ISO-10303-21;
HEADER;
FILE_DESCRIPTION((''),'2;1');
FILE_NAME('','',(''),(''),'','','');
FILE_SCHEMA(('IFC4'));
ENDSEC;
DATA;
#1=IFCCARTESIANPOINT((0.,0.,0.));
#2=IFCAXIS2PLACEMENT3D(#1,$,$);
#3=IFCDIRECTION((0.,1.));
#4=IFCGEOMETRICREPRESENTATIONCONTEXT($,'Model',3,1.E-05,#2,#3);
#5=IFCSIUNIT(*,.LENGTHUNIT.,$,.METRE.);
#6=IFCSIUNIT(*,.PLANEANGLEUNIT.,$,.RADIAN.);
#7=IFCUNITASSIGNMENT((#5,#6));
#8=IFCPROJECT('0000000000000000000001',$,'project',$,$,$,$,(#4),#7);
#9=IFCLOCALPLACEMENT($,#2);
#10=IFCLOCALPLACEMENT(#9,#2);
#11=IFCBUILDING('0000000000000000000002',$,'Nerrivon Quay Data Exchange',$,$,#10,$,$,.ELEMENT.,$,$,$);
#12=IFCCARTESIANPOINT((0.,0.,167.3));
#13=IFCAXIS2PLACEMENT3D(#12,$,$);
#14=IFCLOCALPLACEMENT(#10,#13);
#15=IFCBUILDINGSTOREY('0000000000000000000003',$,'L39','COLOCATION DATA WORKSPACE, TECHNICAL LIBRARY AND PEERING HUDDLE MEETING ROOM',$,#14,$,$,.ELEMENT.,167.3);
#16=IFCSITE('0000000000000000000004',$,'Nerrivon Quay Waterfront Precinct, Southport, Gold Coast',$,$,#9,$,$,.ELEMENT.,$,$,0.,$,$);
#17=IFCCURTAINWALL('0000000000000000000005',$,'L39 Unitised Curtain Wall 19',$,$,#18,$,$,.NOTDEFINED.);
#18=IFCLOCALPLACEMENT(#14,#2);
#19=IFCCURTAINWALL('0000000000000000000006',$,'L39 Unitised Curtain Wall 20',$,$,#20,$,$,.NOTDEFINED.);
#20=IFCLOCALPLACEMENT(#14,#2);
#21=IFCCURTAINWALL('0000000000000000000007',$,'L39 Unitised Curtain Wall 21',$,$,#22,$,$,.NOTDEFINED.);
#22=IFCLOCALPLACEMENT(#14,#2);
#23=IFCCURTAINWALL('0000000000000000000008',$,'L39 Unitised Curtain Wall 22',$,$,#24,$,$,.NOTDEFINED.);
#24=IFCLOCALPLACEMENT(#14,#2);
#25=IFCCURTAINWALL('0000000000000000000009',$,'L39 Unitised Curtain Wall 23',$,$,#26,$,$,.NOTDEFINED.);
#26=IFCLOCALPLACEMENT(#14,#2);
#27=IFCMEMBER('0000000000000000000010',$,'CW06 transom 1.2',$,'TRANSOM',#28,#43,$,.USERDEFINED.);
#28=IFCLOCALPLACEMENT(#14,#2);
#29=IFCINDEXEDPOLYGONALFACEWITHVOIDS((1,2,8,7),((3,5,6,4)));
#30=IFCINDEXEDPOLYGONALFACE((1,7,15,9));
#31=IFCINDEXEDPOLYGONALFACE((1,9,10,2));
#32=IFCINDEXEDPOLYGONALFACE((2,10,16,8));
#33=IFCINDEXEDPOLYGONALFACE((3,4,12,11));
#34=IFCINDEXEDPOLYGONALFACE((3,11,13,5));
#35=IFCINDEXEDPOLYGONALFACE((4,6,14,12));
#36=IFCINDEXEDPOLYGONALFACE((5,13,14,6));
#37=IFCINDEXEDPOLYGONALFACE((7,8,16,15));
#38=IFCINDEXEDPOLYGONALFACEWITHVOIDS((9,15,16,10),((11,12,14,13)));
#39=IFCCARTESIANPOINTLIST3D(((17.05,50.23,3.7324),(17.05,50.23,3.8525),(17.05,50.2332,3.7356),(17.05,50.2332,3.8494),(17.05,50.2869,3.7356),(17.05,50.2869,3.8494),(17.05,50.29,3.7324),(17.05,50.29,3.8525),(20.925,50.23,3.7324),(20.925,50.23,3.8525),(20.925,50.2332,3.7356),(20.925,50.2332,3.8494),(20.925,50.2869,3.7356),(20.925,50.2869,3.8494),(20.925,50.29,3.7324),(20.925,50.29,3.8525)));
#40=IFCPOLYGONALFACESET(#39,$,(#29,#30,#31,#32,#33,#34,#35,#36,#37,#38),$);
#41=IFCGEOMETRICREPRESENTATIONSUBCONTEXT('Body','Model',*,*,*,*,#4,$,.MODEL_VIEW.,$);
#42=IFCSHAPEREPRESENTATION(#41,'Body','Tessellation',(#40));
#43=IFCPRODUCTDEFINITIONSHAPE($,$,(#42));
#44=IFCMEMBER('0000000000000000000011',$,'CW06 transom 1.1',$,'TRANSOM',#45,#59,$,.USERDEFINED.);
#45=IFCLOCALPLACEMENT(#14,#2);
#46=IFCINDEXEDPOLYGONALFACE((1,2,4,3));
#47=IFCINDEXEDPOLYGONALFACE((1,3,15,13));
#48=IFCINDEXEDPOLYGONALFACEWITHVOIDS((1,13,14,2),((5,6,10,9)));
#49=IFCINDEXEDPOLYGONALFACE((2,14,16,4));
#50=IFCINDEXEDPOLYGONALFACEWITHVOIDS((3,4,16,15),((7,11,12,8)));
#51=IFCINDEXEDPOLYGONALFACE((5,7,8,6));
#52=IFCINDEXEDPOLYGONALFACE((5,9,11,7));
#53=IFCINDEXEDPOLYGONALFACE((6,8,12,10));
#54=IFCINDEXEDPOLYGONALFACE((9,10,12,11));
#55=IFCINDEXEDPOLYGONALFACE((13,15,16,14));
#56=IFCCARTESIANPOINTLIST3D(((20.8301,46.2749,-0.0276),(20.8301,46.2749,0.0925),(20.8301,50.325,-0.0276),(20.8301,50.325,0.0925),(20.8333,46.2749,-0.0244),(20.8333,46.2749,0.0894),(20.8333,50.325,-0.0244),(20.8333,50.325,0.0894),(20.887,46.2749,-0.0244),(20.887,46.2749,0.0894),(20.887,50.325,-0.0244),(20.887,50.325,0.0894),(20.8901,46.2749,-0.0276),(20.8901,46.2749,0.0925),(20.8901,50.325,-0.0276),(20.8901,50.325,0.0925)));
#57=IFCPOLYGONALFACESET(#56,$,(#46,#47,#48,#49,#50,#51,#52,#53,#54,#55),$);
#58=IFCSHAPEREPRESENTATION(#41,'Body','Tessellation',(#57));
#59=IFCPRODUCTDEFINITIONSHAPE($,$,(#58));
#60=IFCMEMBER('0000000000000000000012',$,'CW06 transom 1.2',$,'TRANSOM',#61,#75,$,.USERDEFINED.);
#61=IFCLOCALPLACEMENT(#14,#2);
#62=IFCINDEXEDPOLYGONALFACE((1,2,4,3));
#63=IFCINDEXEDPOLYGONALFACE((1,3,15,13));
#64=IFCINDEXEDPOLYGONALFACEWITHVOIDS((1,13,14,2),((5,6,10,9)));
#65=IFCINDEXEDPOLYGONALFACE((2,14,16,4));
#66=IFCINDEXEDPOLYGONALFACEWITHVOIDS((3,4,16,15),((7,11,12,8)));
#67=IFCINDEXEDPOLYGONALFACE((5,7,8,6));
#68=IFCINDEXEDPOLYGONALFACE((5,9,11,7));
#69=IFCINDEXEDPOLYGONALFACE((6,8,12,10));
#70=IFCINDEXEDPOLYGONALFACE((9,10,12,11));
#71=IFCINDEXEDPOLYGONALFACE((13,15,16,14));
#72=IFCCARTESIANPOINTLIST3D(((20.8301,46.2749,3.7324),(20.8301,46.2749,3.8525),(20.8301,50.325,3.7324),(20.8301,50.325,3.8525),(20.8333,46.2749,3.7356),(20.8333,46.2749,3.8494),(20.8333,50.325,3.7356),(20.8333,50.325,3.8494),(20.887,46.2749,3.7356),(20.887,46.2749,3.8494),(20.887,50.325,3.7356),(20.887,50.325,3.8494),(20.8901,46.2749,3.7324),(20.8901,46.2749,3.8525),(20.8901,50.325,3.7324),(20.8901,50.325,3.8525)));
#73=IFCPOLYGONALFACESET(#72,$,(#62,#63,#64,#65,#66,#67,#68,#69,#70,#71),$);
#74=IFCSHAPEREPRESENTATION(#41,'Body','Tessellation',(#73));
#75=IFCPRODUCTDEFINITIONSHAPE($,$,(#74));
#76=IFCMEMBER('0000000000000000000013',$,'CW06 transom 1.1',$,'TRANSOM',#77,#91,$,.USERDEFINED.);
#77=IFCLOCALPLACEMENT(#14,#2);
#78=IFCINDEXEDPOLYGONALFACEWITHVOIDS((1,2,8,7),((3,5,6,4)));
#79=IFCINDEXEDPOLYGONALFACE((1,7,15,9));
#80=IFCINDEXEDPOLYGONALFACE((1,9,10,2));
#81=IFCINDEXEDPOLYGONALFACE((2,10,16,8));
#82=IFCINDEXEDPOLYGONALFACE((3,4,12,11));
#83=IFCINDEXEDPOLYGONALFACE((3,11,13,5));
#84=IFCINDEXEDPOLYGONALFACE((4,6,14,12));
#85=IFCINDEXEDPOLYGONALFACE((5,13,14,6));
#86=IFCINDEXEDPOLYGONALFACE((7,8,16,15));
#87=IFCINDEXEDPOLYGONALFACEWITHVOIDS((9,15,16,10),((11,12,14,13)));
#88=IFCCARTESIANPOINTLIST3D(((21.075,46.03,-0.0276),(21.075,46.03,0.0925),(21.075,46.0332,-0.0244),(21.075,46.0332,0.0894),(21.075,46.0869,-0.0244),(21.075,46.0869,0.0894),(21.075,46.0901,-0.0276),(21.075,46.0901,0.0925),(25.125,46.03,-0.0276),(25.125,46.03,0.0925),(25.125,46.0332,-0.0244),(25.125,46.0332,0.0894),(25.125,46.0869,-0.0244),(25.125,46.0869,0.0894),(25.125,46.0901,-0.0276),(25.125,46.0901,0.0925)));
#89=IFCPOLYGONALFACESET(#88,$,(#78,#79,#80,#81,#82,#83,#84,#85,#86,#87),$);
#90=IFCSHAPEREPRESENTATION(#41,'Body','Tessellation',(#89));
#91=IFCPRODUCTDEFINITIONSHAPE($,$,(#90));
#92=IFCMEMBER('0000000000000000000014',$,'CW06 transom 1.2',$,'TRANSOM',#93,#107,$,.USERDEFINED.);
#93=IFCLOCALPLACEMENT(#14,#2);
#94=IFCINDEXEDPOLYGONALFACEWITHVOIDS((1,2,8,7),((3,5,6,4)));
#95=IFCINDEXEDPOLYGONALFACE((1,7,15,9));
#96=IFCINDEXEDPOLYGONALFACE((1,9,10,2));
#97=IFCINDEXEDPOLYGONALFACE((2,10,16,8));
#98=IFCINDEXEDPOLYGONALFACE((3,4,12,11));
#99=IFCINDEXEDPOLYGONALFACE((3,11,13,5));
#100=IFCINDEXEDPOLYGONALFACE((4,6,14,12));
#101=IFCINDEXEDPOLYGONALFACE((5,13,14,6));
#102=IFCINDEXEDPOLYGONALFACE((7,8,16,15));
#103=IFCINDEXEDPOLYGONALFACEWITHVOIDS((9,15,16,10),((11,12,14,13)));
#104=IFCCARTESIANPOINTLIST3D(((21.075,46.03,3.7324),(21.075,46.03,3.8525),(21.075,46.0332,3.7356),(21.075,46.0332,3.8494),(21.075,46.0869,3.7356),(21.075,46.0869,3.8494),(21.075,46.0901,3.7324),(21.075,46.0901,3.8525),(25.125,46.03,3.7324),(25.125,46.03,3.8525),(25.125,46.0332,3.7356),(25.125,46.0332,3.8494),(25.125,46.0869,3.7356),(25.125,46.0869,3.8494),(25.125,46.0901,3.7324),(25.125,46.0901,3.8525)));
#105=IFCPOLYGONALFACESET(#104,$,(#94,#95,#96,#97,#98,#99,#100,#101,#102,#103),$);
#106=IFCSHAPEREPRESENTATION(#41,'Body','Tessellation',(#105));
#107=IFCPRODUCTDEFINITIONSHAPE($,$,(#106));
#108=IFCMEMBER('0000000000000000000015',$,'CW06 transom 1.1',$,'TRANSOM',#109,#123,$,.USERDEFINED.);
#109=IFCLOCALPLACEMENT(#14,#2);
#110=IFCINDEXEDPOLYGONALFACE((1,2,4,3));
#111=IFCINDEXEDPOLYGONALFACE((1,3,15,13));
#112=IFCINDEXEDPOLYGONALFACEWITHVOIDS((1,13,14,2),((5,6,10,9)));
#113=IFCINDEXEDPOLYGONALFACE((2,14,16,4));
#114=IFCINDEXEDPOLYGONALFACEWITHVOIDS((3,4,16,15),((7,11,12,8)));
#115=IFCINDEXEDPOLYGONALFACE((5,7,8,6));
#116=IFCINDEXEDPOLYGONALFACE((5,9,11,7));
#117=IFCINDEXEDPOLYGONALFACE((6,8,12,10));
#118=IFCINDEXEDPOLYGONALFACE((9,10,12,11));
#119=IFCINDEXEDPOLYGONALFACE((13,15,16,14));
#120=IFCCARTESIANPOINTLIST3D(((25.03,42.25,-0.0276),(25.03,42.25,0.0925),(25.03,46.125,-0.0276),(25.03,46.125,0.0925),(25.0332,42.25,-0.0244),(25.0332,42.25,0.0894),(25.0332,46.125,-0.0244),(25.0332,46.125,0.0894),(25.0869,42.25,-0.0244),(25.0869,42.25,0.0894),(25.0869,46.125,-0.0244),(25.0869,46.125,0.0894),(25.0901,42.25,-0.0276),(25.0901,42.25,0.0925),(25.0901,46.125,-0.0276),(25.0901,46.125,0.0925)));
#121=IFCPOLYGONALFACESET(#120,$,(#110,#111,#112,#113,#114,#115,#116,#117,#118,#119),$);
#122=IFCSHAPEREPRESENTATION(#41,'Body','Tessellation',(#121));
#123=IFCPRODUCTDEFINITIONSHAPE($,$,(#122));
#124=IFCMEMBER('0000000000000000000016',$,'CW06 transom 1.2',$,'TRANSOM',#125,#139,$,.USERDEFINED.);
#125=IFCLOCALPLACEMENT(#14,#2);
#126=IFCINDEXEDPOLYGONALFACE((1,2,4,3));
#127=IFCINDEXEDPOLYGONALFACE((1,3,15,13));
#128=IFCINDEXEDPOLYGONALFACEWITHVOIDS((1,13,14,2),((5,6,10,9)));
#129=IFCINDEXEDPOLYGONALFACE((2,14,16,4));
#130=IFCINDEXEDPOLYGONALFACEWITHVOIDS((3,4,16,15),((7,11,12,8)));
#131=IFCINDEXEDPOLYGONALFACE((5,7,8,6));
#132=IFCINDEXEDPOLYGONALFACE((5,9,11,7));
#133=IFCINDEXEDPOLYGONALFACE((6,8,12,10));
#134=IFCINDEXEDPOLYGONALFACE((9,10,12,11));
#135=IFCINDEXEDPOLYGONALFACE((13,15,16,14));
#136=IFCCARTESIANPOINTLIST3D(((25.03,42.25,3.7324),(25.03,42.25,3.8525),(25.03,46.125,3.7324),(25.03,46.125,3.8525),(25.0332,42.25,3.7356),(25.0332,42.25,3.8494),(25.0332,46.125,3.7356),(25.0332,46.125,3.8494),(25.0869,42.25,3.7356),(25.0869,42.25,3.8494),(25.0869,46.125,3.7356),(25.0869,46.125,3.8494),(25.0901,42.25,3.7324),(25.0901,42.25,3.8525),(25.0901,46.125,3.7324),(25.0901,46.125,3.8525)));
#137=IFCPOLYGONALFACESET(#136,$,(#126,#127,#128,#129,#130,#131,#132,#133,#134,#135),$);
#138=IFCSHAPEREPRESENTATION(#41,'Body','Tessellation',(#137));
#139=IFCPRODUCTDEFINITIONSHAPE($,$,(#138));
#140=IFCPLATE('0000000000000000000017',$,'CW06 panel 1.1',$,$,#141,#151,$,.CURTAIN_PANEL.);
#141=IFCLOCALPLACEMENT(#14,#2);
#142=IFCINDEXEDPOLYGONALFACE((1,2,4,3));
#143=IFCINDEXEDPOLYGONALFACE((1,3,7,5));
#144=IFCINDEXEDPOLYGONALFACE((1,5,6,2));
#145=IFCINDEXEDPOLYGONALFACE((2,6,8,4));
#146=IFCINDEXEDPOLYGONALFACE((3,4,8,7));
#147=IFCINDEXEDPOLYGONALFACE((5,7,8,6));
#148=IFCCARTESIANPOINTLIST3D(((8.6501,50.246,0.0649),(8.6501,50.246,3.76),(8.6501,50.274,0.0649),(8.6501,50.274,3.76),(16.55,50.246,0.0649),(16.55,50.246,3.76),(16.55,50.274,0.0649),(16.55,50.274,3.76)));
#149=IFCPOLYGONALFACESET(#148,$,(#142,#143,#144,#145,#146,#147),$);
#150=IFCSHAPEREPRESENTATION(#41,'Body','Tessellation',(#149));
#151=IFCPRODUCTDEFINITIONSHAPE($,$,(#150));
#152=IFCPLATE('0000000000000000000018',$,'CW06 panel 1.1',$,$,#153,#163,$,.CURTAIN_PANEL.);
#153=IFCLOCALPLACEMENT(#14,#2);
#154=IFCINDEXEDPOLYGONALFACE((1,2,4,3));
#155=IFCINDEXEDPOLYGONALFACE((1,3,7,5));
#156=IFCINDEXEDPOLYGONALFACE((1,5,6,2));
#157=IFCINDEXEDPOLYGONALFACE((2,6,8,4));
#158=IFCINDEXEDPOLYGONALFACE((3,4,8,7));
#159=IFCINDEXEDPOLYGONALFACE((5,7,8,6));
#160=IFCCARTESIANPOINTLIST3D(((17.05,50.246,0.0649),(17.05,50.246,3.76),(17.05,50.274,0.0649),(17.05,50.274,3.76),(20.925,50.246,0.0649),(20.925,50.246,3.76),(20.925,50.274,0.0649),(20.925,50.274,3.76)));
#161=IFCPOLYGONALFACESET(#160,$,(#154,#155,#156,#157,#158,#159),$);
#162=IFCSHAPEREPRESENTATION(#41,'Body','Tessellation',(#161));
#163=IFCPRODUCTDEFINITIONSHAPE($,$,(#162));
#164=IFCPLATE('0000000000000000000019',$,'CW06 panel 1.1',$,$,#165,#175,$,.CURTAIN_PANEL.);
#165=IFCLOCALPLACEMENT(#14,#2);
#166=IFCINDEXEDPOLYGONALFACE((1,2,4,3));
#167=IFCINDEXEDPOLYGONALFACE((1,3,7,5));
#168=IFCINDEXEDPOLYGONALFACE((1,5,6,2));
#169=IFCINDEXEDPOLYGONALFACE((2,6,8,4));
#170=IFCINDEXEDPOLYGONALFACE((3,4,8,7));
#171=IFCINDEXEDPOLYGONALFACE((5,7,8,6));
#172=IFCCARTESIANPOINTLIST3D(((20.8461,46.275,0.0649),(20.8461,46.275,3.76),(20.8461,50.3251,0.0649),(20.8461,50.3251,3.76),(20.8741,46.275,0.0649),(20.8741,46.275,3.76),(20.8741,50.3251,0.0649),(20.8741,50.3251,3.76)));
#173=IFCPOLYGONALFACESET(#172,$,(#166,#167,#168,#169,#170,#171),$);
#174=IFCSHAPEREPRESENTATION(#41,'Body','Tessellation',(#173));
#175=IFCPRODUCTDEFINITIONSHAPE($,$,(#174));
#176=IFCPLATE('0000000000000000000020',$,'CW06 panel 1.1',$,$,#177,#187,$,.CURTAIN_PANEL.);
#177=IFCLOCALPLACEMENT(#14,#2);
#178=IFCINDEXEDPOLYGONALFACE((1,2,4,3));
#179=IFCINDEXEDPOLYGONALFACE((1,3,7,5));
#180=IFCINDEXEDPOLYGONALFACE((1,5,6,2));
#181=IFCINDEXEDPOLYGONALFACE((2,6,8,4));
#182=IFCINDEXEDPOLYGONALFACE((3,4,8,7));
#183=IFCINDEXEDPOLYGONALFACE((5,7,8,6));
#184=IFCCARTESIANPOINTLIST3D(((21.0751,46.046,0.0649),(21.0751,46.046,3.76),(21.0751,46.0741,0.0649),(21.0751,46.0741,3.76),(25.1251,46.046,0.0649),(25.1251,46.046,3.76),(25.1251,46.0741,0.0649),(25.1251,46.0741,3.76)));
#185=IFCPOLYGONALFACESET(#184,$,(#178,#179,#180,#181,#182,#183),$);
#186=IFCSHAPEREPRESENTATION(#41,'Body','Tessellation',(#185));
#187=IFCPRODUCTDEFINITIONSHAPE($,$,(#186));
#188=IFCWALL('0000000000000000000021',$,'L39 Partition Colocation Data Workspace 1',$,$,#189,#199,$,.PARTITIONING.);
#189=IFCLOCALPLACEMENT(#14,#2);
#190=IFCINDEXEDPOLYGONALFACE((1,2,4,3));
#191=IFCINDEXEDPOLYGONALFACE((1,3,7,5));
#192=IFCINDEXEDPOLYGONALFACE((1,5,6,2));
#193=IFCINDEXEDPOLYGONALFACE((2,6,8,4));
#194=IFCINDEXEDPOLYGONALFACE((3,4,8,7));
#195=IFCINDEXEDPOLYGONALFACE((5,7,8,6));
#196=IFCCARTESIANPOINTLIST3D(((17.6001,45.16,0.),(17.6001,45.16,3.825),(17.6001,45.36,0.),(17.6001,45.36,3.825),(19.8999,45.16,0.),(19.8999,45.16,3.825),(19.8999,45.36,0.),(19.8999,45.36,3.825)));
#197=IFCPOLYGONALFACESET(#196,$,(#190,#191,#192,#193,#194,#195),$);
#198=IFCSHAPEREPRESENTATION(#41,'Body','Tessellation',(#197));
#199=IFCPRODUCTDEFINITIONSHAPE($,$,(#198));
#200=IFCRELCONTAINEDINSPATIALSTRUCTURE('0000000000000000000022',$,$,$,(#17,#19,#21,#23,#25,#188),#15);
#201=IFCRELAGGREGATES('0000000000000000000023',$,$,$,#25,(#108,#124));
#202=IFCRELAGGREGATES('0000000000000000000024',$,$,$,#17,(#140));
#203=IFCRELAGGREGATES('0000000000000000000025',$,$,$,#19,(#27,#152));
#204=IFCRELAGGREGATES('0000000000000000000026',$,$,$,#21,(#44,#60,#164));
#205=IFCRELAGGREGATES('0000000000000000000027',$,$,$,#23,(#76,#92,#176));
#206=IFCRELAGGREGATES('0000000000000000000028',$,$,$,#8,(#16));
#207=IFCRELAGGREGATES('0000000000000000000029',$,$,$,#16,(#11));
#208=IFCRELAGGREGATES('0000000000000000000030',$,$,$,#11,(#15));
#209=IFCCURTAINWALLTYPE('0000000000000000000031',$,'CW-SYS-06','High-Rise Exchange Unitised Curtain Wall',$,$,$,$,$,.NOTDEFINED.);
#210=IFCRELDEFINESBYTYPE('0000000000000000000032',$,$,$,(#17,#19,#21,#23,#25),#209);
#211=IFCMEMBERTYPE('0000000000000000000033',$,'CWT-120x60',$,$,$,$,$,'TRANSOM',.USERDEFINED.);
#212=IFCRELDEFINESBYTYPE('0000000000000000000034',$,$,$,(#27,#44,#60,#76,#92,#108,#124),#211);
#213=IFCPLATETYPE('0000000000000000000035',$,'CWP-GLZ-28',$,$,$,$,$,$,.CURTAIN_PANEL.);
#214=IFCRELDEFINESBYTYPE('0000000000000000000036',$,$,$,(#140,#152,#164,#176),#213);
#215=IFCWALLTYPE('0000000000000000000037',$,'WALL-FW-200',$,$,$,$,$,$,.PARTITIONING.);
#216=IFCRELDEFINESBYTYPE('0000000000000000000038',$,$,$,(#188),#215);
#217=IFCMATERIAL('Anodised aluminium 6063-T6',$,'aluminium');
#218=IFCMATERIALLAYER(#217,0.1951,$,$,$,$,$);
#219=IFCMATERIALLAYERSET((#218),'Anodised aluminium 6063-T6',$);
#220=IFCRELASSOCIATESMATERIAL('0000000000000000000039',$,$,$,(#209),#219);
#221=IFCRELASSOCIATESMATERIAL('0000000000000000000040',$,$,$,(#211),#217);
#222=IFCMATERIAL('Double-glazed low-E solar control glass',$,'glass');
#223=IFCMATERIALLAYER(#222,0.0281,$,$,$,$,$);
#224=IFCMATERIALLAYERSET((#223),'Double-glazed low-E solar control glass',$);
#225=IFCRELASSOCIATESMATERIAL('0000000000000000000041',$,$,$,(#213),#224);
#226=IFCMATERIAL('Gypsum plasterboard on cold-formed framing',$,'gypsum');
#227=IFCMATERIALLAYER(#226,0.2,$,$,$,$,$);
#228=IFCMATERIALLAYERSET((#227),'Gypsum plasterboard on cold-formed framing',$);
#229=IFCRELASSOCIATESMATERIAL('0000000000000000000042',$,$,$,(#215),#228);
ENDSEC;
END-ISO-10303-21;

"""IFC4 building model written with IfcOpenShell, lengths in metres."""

from ifc_helpers import new_model, si_unit, direction, frame, frame_2d, origin, origin_2d, place, context, subcontext, project, spatial, rectangle, hollow_rectangle, extrude, material, layer, layer_set, material_profile, profile_set, type_object, element, aggregate, save


model = new_model("IFC4")

# Units and contexts
model_context = context("Model", 3, precision=1e-05, world=origin(), true_north=direction((0.0, 1.0)))
body_context = subcontext(model_context, "Body", "Model", "MODEL_VIEW")
ifc_project = project(units=[si_unit("LENGTHUNIT", "METRE"), si_unit("PLANEANGLEUNIT", "RADIAN")], contexts=[model_context])

# Site, building, storey
site_placement = place(None, origin())
site = spatial("IfcSite", under=ifc_project, at=site_placement, Name="Nerrivon Quay Waterfront Precinct, Southport, Gold Coast", CompositionType="ELEMENT", RefElevation=0.0)
building_placement = place(site_placement, origin())
building = spatial("IfcBuilding", under=site, at=building_placement, Name="Nerrivon Quay Data Exchange", CompositionType="ELEMENT")
storey_placement = place(building_placement, frame((0.0, 0.0, 167.3)))
storey = spatial("IfcBuildingStorey", under=building, at=storey_placement, Name="L39", Description="COLOCATION DATA WORKSPACE, TECHNICAL LIBRARY AND PEERING HUDDLE MEETING ROOM", CompositionType="ELEMENT", Elevation=167.3)

# Curtain wall
ifc_material_1 = material(Name="Anodised aluminium 6063-T6", Category="aluminium")
ifc_layer_1 = layer(ifc_material_1, 0.1951)
ifc_layer_set_1 = layer_set([ifc_layer_1], Name="Anodised aluminium 6063-T6")
curtain_wall_type = type_object("IfcCurtainWallType", Name="CW-SYS-06", Description="High-Rise Exchange Unitised Curtain Wall", PredefinedType="NOTDEFINED", material=ifc_layer_set_1)
curtain_wall_1_placement = place(storey_placement, origin())
curtain_wall_1 = element("IfcCurtainWall", 1, at=curtain_wall_1_placement, inside=storey, type_object=curtain_wall_type, Name="L39 Unitised Curtain Wall 19", PredefinedType="NOTDEFINED")

# Curtain walls
curtain_wall_2_placement = place(storey_placement, origin())
curtain_wall_2 = element("IfcCurtainWall", 2, at=curtain_wall_2_placement, inside=storey, type_object=curtain_wall_type, Name="L39 Unitised Curtain Wall 20", PredefinedType="NOTDEFINED")
curtain_wall_3_placement = place(storey_placement, origin())
curtain_wall_3 = element("IfcCurtainWall", 3, at=curtain_wall_3_placement, inside=storey, type_object=curtain_wall_type, Name="L39 Unitised Curtain Wall 21", PredefinedType="NOTDEFINED")
curtain_wall_4_placement = place(storey_placement, origin())
curtain_wall_4 = element("IfcCurtainWall", 4, at=curtain_wall_4_placement, inside=storey, type_object=curtain_wall_type, Name="L39 Unitised Curtain Wall 22", PredefinedType="NOTDEFINED")

# Curtain wall
curtain_wall_5_placement = place(storey_placement, origin())
curtain_wall_5 = element("IfcCurtainWall", 5, at=curtain_wall_5_placement, inside=storey, type_object=curtain_wall_type, Name="L39 Unitised Curtain Wall 23", PredefinedType="NOTDEFINED")

# Members
ifc_material_profile_1 = material_profile(ifc_material_1, hollow_rectangle(XDim=0.0601, YDim=0.1201, WallThickness=0.0032, at=origin_2d()), Name="ALU-TRAN-120x60")
ifc_profile_set_1 = profile_set([ifc_material_profile_1], Name="Anodised aluminium 6063-T6")
member_type_1 = type_object("IfcMemberType", Name="CWT-120x60", ElementType="TRANSOM", PredefinedType="USERDEFINED", material=ifc_profile_set_1)
member_1_placement = place(storey_placement, frame((17.05, 50.26, 3.7925), z_axis=(1.0, 0.0, 0.0), x_axis=(0.0, 1.0, 0.0)))
member_1 = element("IfcMember", 6, at=member_1_placement, type_object=member_type_1, Name="CW06 transom 1.2", ObjectType="TRANSOM", PredefinedType="USERDEFINED", context=body_context, shape_type="SweptSolid", body=[
    extrude(hollow_rectangle(XDim=0.0601, YDim=0.1201, WallThickness=0.0032, at=origin_2d()), origin(), (0.0, 0.0, 1.0), 3.875),
])
member_2_placement = place(storey_placement, frame((20.8601, 50.325, 0.0325), z_axis=(0.0, -1.0, 0.0), x_axis=(1.0, 0.0, 0.0)))
member_2 = element("IfcMember", 7, at=member_2_placement, type_object=member_type_1, Name="CW06 transom 1.1", ObjectType="TRANSOM", PredefinedType="USERDEFINED", context=body_context, shape_type="SweptSolid", body=[
    extrude(hollow_rectangle(XDim=0.0601, YDim=0.1201, WallThickness=0.0032, at=origin_2d()), origin(), (0.0, 0.0, 1.0), 4.05),
])
member_3_placement = place(storey_placement, frame((20.8601, 50.325, 3.7925), z_axis=(0.0, -1.0, 0.0), x_axis=(1.0, 0.0, 0.0)))
member_3 = element("IfcMember", 8, at=member_3_placement, type_object=member_type_1, Name="CW06 transom 1.2", ObjectType="TRANSOM", PredefinedType="USERDEFINED", context=body_context, shape_type="SweptSolid", body=[
    extrude(hollow_rectangle(XDim=0.0601, YDim=0.1201, WallThickness=0.0032, at=origin_2d()), origin(), (0.0, 0.0, 1.0), 4.05),
])
member_4_placement = place(storey_placement, frame((21.075, 46.0601, 0.0325), z_axis=(1.0, 0.0, 0.0), x_axis=(0.0, 1.0, 0.0)))
member_4 = element("IfcMember", 9, at=member_4_placement, type_object=member_type_1, Name="CW06 transom 1.1", ObjectType="TRANSOM", PredefinedType="USERDEFINED", context=body_context, shape_type="SweptSolid", body=[
    extrude(hollow_rectangle(XDim=0.0601, YDim=0.1201, WallThickness=0.0032, at=origin_2d()), origin(), (0.0, 0.0, 1.0), 4.05),
])
member_5_placement = place(storey_placement, frame((21.075, 46.0601, 3.7925), z_axis=(1.0, 0.0, 0.0), x_axis=(0.0, 1.0, 0.0)))
member_5 = element("IfcMember", 10, at=member_5_placement, type_object=member_type_1, Name="CW06 transom 1.2", ObjectType="TRANSOM", PredefinedType="USERDEFINED", context=body_context, shape_type="SweptSolid", body=[
    extrude(hollow_rectangle(XDim=0.0601, YDim=0.1201, WallThickness=0.0032, at=origin_2d()), origin(), (0.0, 0.0, 1.0), 4.05),
])
member_6_placement = place(storey_placement, frame((25.0601, 46.125, 0.0325), z_axis=(0.0, -1.0, 0.0), x_axis=(1.0, 0.0, 0.0)))
member_6 = element("IfcMember", 11, at=member_6_placement, type_object=member_type_1, Name="CW06 transom 1.1", ObjectType="TRANSOM", PredefinedType="USERDEFINED", context=body_context, shape_type="SweptSolid", body=[
    extrude(hollow_rectangle(XDim=0.0601, YDim=0.1201, WallThickness=0.0032, at=origin_2d()), origin(), (0.0, 0.0, 1.0), 3.875),
])
member_7_placement = place(storey_placement, frame((25.0601, 46.125, 3.7925), z_axis=(0.0, -1.0, 0.0), x_axis=(1.0, 0.0, 0.0)))
member_7 = element("IfcMember", 12, at=member_7_placement, type_object=member_type_1, Name="CW06 transom 1.2", ObjectType="TRANSOM", PredefinedType="USERDEFINED", context=body_context, shape_type="SweptSolid", body=[
    extrude(hollow_rectangle(XDim=0.0601, YDim=0.1201, WallThickness=0.0032, at=origin_2d()), origin(), (0.0, 0.0, 1.0), 3.875),
])
aggregate(curtain_wall_5, [member_6, member_7])

# Plates
ifc_material_2 = material(Name="Double-glazed low-E solar control glass", Category="glass")
ifc_layer_2 = layer(ifc_material_2, 0.0281)
ifc_layer_set_2 = layer_set([ifc_layer_2], Name="Double-glazed low-E solar control glass")
plate_type = type_object("IfcPlateType", Name="CWP-GLZ-28", PredefinedType="CURTAIN_PANEL", material=ifc_layer_set_2)
plate_1_placement = place(storey_placement, frame((12.6001, 50.26, 0.0649), z_axis=(0.0, 0.0, 1.0), x_axis=(1.0, 0.0, 0.0)))
plate_1 = element("IfcPlate", 13, at=plate_1_placement, type_object=plate_type, Name="CW06 panel 1.1", PredefinedType="CURTAIN_PANEL", context=body_context, shape_type="SweptSolid", body=[
    extrude(rectangle(XDim=7.8999, YDim=0.0281, at=origin_2d()), origin(), (0.0, 0.0, 1.0), 3.6951),
])
aggregate(curtain_wall_1, [plate_1])
plate_2_placement = place(storey_placement, frame((18.9875, 50.26, 0.0649), z_axis=(0.0, 0.0, 1.0), x_axis=(1.0, 0.0, 0.0)))
plate_2 = element("IfcPlate", 14, at=plate_2_placement, type_object=plate_type, Name="CW06 panel 1.1", PredefinedType="CURTAIN_PANEL", context=body_context, shape_type="SweptSolid", body=[
    extrude(rectangle(XDim=3.875, YDim=0.0281, at=origin_2d()), origin(), (0.0, 0.0, 1.0), 3.6951),
])
aggregate(curtain_wall_2, [member_1, plate_2])
plate_3_placement = place(storey_placement, frame((20.8601, 48.3, 0.0649), z_axis=(0.0, 0.0, 1.0), x_axis=(0.0, -1.0, 0.0)))
plate_3 = element("IfcPlate", 15, at=plate_3_placement, type_object=plate_type, Name="CW06 panel 1.1", PredefinedType="CURTAIN_PANEL", context=body_context, shape_type="SweptSolid", body=[
    extrude(rectangle(XDim=4.05, YDim=0.0281, at=origin_2d()), origin(), (0.0, 0.0, 1.0), 3.6951),
])
aggregate(curtain_wall_3, [member_2, member_3, plate_3])
plate_4_placement = place(storey_placement, frame((23.1001, 46.0601, 0.0649), z_axis=(0.0, 0.0, 1.0), x_axis=(1.0, 0.0, 0.0)))
plate_4 = element("IfcPlate", 16, at=plate_4_placement, type_object=plate_type, Name="CW06 panel 1.1", PredefinedType="CURTAIN_PANEL", context=body_context, shape_type="SweptSolid", body=[
    extrude(rectangle(XDim=4.05, YDim=0.0281, at=origin_2d()), origin(), (0.0, 0.0, 1.0), 3.6951),
])
aggregate(curtain_wall_4, [member_4, member_5, plate_4])

# Wall
ifc_material_3 = material(Name="Gypsum plasterboard on cold-formed framing", Category="gypsum")
ifc_layer_3 = layer(ifc_material_3, 0.2)
ifc_layer_set_3 = layer_set([ifc_layer_3], Name="Gypsum plasterboard on cold-formed framing")
wall_type = type_object("IfcWallType", Name="WALL-FW-200", PredefinedType="PARTITIONING", material=ifc_layer_set_3)
wall_placement = place(storey_placement, frame((17.6001, 45.26, 0.0), z_axis=(0.0, 0.0, 1.0), x_axis=(1.0, 0.0, 0.0)))
element("IfcWall", 17, at=wall_placement, inside=storey, type_object=wall_type, Name="L39 Partition Colocation Data Workspace 1", PredefinedType="PARTITIONING", context=body_context, shape_type="SweptSolid", body=[
    extrude(rectangle(XDim=2.2998, YDim=0.2, at=frame_2d((1.1499, 0.0))), origin(), (0.0, 0.0, 1.0), 3.825),
])

save(model, "model.ifc")
